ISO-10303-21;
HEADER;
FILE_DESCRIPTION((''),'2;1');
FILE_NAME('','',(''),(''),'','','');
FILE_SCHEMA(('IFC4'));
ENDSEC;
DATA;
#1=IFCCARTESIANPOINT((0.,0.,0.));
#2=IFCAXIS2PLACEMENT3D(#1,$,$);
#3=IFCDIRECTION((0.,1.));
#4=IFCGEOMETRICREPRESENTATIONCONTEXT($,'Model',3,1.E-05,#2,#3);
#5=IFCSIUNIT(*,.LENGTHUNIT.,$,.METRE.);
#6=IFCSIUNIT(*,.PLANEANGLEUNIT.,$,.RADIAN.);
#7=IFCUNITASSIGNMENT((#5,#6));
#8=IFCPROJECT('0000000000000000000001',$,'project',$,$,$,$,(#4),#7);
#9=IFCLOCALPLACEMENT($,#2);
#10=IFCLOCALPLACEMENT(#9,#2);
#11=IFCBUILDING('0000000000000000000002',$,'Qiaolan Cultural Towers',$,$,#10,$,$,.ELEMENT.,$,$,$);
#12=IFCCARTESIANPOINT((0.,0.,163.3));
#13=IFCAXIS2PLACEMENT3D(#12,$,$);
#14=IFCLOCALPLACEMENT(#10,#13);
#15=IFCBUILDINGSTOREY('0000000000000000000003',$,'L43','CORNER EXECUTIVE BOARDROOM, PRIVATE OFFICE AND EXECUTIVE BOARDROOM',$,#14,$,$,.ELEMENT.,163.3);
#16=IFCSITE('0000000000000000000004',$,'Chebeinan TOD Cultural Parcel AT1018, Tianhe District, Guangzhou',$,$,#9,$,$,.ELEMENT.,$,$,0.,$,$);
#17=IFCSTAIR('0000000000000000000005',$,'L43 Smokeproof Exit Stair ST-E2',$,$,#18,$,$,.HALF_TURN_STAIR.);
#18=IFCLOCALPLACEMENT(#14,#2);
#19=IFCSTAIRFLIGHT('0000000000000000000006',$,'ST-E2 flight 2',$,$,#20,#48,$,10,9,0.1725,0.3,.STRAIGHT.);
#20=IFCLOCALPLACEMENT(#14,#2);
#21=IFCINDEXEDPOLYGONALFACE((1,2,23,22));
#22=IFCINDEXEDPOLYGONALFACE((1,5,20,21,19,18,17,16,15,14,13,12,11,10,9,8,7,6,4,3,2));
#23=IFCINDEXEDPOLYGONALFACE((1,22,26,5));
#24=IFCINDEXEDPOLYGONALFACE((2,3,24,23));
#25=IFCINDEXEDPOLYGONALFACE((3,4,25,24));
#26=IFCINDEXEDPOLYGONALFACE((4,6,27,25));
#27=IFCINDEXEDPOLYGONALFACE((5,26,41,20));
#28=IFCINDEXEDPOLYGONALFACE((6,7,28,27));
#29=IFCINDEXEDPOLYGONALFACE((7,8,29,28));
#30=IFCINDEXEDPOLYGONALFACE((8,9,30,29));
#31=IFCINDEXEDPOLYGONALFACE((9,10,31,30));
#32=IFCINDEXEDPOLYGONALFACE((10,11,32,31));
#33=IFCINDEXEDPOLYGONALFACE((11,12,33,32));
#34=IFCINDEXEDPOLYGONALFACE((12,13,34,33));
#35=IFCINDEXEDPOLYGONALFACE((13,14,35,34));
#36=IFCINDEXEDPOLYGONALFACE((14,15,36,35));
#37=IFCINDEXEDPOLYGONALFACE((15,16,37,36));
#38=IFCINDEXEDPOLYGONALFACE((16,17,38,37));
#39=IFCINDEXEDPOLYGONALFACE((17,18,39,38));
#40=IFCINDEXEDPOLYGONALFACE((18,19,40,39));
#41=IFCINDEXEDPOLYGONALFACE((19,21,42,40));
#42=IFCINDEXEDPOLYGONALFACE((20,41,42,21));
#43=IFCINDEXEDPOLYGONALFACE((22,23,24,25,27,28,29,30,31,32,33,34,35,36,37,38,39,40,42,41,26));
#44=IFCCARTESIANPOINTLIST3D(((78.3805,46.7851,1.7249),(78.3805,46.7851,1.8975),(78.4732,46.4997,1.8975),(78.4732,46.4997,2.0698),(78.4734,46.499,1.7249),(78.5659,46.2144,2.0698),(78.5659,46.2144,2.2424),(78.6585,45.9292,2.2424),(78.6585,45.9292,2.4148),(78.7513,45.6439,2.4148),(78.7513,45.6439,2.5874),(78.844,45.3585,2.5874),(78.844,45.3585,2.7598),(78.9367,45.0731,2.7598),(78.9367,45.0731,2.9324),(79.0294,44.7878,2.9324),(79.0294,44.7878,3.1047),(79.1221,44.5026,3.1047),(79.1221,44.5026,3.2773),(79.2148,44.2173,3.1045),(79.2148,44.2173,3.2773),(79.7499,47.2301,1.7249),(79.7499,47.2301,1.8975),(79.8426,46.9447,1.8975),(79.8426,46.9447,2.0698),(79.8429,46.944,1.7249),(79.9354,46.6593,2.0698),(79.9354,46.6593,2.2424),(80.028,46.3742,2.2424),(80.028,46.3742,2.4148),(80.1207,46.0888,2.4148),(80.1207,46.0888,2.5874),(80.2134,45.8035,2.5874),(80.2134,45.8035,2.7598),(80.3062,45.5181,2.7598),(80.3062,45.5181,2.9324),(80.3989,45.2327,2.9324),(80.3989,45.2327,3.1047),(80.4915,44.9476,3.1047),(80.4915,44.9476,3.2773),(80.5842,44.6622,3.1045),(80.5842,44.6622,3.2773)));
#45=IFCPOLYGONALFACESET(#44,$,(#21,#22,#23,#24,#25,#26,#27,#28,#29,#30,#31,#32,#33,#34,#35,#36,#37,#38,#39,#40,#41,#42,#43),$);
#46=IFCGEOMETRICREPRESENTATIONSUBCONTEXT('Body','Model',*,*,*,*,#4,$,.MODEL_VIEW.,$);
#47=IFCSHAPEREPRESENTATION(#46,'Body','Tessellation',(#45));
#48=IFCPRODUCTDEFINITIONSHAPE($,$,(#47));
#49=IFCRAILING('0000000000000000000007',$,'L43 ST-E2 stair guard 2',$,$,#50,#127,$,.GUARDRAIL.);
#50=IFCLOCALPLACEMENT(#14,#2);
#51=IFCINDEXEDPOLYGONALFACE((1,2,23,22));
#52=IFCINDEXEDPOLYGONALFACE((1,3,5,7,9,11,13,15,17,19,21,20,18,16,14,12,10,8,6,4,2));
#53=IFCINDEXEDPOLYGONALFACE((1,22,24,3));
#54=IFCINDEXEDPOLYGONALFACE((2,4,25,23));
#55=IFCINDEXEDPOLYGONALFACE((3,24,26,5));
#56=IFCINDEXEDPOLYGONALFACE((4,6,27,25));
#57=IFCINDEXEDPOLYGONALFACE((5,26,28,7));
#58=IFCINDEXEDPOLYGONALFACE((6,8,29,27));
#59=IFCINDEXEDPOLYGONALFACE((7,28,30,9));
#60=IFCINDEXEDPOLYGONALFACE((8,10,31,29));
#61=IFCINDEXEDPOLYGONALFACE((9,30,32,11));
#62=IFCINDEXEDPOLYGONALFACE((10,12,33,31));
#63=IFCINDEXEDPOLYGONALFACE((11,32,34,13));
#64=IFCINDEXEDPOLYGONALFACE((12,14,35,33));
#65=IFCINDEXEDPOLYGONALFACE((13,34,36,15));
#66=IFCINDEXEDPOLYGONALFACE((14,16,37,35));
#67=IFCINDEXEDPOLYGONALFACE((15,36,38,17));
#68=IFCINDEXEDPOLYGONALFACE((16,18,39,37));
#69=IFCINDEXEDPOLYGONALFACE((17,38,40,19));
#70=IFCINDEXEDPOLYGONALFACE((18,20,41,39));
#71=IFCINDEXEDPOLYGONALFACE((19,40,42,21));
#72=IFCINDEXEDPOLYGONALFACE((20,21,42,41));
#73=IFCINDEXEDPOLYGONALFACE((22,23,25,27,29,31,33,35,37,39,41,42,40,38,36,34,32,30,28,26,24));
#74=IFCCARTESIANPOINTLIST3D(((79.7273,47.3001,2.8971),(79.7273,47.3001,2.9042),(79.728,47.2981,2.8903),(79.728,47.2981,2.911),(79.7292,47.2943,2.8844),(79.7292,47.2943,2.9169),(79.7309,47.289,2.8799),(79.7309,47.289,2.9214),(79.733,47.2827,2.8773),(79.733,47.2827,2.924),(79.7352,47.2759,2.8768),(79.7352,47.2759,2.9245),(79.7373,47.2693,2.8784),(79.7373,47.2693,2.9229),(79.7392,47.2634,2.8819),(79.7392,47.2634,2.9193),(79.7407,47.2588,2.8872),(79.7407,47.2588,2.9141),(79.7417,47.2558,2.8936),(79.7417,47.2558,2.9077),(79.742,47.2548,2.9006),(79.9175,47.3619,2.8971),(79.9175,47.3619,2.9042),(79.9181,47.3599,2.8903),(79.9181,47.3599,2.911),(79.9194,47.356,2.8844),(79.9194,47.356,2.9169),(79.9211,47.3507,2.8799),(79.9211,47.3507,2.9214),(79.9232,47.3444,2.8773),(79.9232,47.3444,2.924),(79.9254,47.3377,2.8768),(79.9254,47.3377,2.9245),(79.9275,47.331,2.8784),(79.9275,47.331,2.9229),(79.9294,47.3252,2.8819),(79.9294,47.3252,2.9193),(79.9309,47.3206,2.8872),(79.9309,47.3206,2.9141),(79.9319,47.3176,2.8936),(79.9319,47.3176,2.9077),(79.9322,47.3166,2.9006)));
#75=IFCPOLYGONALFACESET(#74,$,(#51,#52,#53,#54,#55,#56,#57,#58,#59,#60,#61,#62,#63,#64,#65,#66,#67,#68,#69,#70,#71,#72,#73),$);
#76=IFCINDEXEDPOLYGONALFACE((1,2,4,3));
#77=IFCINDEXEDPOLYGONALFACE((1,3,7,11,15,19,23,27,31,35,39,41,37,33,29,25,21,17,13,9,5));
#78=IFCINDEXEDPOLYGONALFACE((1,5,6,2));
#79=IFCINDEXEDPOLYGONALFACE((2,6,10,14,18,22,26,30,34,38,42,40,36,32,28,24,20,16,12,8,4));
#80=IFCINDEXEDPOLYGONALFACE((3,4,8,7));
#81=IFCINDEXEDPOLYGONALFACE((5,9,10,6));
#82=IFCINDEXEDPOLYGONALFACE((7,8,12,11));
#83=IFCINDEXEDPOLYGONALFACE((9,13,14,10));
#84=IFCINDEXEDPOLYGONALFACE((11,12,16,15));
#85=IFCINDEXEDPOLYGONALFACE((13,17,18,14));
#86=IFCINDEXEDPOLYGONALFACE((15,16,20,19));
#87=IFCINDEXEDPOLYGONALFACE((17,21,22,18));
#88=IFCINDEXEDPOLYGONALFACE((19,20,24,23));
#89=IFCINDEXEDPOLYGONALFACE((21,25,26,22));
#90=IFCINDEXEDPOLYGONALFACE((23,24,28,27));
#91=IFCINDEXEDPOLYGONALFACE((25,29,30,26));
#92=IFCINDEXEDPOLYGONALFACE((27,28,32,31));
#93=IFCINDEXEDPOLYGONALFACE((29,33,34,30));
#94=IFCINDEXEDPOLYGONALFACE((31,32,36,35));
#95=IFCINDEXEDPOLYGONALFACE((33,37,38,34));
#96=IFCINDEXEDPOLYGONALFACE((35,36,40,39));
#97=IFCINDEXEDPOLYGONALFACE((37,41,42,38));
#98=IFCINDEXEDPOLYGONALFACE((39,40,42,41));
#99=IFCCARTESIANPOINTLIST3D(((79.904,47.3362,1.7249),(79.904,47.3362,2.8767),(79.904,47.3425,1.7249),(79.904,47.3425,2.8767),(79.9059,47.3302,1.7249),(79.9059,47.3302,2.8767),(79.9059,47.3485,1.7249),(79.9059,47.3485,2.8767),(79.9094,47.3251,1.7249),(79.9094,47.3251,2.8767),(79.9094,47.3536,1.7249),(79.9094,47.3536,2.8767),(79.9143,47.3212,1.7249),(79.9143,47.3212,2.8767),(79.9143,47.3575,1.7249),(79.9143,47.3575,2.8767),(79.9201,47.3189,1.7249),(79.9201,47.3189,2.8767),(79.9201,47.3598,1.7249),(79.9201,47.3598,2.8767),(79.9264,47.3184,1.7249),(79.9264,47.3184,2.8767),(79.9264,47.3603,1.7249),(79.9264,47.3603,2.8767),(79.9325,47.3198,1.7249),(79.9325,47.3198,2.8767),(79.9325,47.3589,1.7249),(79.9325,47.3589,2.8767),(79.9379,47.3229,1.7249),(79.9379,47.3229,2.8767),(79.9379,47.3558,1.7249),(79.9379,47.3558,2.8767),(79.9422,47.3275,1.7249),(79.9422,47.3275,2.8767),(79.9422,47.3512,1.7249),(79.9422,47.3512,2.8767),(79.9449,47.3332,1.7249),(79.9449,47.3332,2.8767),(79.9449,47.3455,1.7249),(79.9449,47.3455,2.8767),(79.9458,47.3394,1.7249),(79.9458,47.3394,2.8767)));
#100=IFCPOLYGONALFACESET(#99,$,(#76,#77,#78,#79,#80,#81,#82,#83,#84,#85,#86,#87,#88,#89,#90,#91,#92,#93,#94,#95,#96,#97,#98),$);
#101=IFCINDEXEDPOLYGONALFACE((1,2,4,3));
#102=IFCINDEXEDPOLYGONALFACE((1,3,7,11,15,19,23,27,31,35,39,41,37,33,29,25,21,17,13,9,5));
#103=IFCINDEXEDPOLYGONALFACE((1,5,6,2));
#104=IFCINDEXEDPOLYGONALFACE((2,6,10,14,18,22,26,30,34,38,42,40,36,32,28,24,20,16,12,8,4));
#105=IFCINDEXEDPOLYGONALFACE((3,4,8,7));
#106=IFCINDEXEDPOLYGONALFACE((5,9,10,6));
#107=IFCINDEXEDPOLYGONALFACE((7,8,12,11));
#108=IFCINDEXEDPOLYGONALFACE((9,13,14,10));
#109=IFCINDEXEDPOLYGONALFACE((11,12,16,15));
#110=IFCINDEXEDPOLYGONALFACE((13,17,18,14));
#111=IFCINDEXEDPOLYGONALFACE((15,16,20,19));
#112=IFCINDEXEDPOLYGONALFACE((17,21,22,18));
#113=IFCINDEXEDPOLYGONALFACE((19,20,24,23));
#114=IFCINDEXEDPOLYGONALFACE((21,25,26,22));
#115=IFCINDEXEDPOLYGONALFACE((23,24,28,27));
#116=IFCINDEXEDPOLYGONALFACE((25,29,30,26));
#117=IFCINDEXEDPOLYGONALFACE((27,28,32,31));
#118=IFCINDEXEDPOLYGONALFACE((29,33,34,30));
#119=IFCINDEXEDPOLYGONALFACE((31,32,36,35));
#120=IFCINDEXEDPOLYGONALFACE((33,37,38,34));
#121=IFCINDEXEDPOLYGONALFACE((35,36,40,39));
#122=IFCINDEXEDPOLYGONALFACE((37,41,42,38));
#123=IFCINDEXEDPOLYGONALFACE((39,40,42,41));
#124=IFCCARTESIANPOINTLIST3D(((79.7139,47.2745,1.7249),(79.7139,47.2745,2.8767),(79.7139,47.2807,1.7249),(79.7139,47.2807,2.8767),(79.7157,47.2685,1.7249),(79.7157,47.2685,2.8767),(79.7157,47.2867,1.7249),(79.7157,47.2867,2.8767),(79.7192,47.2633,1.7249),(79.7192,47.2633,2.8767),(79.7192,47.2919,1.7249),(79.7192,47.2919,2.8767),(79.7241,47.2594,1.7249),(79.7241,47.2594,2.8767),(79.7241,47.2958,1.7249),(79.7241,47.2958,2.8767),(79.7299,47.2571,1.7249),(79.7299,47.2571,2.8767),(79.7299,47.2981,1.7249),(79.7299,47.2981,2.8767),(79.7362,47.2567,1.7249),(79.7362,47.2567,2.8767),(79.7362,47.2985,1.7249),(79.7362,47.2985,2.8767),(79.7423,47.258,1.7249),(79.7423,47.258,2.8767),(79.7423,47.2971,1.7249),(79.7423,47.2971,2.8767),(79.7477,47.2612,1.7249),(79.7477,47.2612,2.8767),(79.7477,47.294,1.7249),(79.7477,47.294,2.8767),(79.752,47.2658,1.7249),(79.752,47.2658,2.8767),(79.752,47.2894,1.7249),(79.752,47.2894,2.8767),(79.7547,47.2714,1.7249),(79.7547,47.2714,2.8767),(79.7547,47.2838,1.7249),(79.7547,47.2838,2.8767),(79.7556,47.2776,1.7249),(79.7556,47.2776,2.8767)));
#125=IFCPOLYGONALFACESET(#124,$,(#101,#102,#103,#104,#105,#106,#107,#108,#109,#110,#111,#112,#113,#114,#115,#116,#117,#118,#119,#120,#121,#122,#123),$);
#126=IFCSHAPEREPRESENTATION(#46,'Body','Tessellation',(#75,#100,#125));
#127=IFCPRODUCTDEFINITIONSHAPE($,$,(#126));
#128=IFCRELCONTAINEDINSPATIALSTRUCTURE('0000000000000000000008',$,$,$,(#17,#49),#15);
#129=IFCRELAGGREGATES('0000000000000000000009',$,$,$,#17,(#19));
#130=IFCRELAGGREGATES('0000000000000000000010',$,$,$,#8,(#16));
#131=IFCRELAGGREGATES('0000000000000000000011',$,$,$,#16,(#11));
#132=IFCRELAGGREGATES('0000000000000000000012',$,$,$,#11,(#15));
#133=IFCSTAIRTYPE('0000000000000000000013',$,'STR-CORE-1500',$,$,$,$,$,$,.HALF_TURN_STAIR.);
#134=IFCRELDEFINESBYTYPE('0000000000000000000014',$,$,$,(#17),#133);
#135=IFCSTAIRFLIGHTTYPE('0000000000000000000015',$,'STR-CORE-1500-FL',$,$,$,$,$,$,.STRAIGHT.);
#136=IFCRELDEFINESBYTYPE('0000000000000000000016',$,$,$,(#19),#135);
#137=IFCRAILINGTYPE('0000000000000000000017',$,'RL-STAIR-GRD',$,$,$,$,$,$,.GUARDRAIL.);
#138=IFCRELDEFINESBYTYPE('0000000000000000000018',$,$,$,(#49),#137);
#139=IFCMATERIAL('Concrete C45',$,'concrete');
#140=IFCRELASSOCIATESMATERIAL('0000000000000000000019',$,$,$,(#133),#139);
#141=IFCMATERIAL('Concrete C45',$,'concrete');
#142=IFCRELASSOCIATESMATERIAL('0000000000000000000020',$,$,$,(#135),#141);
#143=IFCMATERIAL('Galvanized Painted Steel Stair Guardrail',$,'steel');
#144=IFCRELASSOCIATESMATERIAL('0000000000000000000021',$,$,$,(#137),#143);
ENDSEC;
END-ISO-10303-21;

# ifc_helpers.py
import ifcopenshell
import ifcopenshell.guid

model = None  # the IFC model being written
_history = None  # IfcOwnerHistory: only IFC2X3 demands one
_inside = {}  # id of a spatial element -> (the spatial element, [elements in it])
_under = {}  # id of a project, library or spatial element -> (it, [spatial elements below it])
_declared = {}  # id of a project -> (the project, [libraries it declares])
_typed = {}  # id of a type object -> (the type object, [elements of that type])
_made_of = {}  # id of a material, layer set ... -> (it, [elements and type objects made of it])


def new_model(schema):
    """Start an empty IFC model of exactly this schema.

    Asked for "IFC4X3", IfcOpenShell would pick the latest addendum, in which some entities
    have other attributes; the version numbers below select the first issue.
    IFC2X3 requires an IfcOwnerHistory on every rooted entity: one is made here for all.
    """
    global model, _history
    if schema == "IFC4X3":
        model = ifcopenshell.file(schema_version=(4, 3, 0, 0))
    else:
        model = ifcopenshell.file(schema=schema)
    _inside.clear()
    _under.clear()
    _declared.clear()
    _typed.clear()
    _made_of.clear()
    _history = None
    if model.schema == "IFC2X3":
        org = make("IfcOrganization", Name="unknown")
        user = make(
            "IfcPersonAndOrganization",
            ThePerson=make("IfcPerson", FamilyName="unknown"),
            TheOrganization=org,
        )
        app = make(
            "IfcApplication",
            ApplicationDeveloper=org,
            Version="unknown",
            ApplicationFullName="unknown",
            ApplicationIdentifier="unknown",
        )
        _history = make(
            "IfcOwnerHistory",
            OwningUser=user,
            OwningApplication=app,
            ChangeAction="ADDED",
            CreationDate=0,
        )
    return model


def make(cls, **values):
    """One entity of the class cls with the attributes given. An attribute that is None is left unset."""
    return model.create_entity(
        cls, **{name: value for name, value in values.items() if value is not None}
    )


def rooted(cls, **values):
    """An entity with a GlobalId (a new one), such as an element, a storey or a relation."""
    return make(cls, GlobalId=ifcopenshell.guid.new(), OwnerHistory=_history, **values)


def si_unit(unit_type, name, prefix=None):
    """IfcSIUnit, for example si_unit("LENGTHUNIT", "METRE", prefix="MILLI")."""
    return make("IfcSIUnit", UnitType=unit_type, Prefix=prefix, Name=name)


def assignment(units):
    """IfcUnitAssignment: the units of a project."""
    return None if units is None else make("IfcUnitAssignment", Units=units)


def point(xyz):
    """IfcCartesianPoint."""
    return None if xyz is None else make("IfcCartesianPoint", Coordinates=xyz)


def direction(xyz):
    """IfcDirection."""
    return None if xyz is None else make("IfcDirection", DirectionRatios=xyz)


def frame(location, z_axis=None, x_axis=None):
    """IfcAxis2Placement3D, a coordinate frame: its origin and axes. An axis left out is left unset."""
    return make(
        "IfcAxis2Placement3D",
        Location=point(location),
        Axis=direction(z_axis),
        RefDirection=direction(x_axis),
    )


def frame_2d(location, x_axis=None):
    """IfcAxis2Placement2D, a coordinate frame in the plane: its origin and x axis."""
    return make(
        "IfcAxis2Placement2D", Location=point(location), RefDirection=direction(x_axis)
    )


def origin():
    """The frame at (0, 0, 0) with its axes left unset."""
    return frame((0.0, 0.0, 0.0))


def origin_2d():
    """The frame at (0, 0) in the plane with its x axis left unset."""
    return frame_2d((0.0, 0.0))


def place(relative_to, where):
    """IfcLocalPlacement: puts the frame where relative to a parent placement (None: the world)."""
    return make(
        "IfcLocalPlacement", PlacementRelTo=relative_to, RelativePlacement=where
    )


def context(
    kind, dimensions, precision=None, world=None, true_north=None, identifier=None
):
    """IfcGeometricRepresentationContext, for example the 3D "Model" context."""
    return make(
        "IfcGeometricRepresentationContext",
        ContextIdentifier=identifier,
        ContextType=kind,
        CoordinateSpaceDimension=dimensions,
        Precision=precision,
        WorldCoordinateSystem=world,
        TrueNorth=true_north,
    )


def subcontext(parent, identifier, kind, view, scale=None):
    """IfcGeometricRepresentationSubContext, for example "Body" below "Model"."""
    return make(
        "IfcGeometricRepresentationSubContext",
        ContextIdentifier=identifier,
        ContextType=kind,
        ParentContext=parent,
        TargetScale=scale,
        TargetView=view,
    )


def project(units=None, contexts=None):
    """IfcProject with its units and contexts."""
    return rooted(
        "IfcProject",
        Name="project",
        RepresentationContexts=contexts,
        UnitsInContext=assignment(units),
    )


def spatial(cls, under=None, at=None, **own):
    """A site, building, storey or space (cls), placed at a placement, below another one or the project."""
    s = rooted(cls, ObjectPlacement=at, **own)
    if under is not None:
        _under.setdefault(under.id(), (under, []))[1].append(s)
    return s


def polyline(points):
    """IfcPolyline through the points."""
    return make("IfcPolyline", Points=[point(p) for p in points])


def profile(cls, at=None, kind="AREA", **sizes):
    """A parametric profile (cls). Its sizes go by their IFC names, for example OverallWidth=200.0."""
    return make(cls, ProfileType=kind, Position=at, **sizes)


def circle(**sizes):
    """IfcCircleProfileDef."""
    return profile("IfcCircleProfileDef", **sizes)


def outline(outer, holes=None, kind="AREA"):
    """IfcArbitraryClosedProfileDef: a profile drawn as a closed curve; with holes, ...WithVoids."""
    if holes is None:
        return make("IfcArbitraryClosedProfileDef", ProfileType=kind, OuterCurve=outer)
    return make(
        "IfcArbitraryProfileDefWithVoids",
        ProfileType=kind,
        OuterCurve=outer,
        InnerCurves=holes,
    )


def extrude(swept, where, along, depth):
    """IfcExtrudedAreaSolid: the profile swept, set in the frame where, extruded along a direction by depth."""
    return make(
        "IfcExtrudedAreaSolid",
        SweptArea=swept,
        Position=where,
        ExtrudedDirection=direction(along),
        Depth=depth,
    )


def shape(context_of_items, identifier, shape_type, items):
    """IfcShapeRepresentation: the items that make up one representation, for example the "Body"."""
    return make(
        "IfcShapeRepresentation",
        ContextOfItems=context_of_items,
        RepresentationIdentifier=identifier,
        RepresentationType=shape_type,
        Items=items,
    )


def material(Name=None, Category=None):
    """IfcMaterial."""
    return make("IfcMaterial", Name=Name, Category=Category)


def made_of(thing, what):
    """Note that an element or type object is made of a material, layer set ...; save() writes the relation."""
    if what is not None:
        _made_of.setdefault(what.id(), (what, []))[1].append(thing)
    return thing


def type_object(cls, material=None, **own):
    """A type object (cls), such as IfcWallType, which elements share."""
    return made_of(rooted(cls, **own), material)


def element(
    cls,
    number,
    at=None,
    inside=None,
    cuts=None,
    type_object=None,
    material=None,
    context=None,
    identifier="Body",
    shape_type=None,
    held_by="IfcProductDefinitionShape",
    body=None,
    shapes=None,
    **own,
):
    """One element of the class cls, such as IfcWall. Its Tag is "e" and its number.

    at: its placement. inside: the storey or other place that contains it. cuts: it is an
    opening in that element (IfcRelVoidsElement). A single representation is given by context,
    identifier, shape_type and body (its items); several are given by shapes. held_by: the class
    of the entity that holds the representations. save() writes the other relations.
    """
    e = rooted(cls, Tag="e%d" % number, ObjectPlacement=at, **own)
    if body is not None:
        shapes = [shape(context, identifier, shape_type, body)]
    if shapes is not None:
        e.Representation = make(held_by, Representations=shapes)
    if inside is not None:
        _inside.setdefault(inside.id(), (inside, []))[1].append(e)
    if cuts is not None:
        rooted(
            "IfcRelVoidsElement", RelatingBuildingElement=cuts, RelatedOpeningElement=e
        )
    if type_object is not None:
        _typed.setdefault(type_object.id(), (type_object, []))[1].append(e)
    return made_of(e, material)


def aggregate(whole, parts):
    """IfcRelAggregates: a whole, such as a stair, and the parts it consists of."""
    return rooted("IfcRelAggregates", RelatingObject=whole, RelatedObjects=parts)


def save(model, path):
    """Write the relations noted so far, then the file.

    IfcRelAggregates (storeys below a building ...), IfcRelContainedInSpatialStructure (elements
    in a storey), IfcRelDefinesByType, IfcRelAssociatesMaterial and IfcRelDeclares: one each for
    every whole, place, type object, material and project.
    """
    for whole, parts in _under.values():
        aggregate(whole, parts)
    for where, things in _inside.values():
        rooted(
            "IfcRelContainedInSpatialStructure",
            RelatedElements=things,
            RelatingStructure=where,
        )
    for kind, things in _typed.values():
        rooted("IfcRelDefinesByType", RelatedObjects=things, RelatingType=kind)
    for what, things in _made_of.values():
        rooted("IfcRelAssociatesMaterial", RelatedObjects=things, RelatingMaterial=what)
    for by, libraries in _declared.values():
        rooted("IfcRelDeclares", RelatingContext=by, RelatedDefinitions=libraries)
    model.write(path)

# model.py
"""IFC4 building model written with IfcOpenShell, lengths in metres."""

from ifc_helpers import new_model, si_unit, direction, frame, origin, origin_2d, place, context, subcontext, project, spatial, polyline, circle, outline, extrude, material, type_object, element, aggregate, save


model = new_model("IFC4")

# Units and contexts
model_context = context("Model", 3, precision=1e-05, world=origin(), true_north=direction((0.0, 1.0)))
body_context = subcontext(model_context, "Body", "Model", "MODEL_VIEW")
ifc_project = project(units=[si_unit("LENGTHUNIT", "METRE"), si_unit("PLANEANGLEUNIT", "RADIAN")], contexts=[model_context])

# Site, building, storey
site_placement = place(None, origin())
site = spatial("IfcSite", under=ifc_project, at=site_placement, Name="Chebeinan TOD Cultural Parcel AT1018, Tianhe District, Guangzhou", CompositionType="ELEMENT", RefElevation=0.0)
building_placement = place(site_placement, origin())
building = spatial("IfcBuilding", under=site, at=building_placement, Name="Qiaolan Cultural Towers", CompositionType="ELEMENT")
storey_placement = place(building_placement, frame((0.0, 0.0, 163.3)))
storey = spatial("IfcBuildingStorey", under=building, at=storey_placement, Name="L43", Description="CORNER EXECUTIVE BOARDROOM, PRIVATE OFFICE AND EXECUTIVE BOARDROOM", CompositionType="ELEMENT", Elevation=163.3)

# Stair, stair flight
ifc_material_1 = material(Name="Concrete C45", Category="concrete")
stair_type = type_object("IfcStairType", Name="STR-CORE-1500", PredefinedType="HALF_TURN_STAIR", material=ifc_material_1)
stair_placement = place(storey_placement, origin())
stair = element("IfcStair", 1, at=stair_placement, inside=storey, type_object=stair_type, Name="L43 Smokeproof Exit Stair ST-E2", PredefinedType="HALF_TURN_STAIR")
ifc_material_2 = material(Name="Concrete C45", Category="concrete")
stair_flight_type = type_object("IfcStairFlightType", Name="STR-CORE-1500-FL", PredefinedType="STRAIGHT", material=ifc_material_2)
stair_flight_placement = place(storey_placement, frame((79.0652, 47.0076, 1.7249), z_axis=(0.0, 0.0, 1.0), x_axis=(0.309017, -0.951057, 0.0)))
stair_flight = element("IfcStairFlight", 2, at=stair_flight_placement, type_object=stair_flight_type, Name="ST-E2 flight 2", NumberOfRisers=10, NumberOfTreads=9, PredefinedType="STRAIGHT", RiserHeight=0.1725, TreadLength=0.3, context=body_context, shape_type="SweptSolid", body=[
    extrude(outline(polyline([(0.0, 0.0), (0.0, 0.1726), (0.3, 0.1726), (0.3, 0.345), (0.6001, 0.345), (0.6001, 0.5176), (0.8999, 0.5176), (0.8999, 0.6899), (1.2, 0.6899), (1.2, 0.8625), (1.5, 0.8625), (1.5, 1.0349), (1.8, 1.0349), (1.8, 1.2075), (2.1001, 1.2075), (2.1001, 1.3799), (2.3999, 1.3799), (2.3999, 1.5525), (2.7, 1.5525), (2.7, 1.7251), (2.7, 1.3796), (0.3008, 0.0), (0.0, 0.0)])), frame((0.0, 0.72, 0.0), z_axis=(0.0, -1.0, 0.0), x_axis=(1.0, 0.0, 0.0)), (0.0, 0.0, 1.0), 1.4399),
])
aggregate(stair, [stair_flight])

# Railing
ifc_material_3 = material(Name="Galvanized Painted Steel Stair Guardrail", Category="steel")
railing_type_1 = type_object("IfcRailingType", Name="RL-STAIR-GRD", PredefinedType="GUARDRAIL", material=ifc_material_3)
railing_1_placement = place(storey_placement, frame((79.9248, 47.3394, 1.7249)))
element("IfcRailing", 3, at=railing_1_placement, inside=storey, type_object=railing_type_1, Name="L43 ST-E2 stair guard 2", PredefinedType="GUARDRAIL", context=body_context, shape_type="SweptSolid", body=[
    extrude(circle(Radius=0.0239, at=origin_2d()), frame((0.0, 0.0, 1.1758), z_axis=(-0.951097, -0.308893, 0.0), x_axis=(0.308893, -0.951097, 0.0)), (0.0, 0.0, 1.0), 0.2),
    extrude(circle(Radius=0.021, at=origin_2d()), origin(), (0.0, 0.0, 1.0), 1.1519),
    extrude(circle(Radius=0.021, at=origin_2d()), frame((-0.1902, -0.0618, 0.0)), (0.0, 0.0, 1.0), 1.1519),
])

save(model, "model.ifc")
